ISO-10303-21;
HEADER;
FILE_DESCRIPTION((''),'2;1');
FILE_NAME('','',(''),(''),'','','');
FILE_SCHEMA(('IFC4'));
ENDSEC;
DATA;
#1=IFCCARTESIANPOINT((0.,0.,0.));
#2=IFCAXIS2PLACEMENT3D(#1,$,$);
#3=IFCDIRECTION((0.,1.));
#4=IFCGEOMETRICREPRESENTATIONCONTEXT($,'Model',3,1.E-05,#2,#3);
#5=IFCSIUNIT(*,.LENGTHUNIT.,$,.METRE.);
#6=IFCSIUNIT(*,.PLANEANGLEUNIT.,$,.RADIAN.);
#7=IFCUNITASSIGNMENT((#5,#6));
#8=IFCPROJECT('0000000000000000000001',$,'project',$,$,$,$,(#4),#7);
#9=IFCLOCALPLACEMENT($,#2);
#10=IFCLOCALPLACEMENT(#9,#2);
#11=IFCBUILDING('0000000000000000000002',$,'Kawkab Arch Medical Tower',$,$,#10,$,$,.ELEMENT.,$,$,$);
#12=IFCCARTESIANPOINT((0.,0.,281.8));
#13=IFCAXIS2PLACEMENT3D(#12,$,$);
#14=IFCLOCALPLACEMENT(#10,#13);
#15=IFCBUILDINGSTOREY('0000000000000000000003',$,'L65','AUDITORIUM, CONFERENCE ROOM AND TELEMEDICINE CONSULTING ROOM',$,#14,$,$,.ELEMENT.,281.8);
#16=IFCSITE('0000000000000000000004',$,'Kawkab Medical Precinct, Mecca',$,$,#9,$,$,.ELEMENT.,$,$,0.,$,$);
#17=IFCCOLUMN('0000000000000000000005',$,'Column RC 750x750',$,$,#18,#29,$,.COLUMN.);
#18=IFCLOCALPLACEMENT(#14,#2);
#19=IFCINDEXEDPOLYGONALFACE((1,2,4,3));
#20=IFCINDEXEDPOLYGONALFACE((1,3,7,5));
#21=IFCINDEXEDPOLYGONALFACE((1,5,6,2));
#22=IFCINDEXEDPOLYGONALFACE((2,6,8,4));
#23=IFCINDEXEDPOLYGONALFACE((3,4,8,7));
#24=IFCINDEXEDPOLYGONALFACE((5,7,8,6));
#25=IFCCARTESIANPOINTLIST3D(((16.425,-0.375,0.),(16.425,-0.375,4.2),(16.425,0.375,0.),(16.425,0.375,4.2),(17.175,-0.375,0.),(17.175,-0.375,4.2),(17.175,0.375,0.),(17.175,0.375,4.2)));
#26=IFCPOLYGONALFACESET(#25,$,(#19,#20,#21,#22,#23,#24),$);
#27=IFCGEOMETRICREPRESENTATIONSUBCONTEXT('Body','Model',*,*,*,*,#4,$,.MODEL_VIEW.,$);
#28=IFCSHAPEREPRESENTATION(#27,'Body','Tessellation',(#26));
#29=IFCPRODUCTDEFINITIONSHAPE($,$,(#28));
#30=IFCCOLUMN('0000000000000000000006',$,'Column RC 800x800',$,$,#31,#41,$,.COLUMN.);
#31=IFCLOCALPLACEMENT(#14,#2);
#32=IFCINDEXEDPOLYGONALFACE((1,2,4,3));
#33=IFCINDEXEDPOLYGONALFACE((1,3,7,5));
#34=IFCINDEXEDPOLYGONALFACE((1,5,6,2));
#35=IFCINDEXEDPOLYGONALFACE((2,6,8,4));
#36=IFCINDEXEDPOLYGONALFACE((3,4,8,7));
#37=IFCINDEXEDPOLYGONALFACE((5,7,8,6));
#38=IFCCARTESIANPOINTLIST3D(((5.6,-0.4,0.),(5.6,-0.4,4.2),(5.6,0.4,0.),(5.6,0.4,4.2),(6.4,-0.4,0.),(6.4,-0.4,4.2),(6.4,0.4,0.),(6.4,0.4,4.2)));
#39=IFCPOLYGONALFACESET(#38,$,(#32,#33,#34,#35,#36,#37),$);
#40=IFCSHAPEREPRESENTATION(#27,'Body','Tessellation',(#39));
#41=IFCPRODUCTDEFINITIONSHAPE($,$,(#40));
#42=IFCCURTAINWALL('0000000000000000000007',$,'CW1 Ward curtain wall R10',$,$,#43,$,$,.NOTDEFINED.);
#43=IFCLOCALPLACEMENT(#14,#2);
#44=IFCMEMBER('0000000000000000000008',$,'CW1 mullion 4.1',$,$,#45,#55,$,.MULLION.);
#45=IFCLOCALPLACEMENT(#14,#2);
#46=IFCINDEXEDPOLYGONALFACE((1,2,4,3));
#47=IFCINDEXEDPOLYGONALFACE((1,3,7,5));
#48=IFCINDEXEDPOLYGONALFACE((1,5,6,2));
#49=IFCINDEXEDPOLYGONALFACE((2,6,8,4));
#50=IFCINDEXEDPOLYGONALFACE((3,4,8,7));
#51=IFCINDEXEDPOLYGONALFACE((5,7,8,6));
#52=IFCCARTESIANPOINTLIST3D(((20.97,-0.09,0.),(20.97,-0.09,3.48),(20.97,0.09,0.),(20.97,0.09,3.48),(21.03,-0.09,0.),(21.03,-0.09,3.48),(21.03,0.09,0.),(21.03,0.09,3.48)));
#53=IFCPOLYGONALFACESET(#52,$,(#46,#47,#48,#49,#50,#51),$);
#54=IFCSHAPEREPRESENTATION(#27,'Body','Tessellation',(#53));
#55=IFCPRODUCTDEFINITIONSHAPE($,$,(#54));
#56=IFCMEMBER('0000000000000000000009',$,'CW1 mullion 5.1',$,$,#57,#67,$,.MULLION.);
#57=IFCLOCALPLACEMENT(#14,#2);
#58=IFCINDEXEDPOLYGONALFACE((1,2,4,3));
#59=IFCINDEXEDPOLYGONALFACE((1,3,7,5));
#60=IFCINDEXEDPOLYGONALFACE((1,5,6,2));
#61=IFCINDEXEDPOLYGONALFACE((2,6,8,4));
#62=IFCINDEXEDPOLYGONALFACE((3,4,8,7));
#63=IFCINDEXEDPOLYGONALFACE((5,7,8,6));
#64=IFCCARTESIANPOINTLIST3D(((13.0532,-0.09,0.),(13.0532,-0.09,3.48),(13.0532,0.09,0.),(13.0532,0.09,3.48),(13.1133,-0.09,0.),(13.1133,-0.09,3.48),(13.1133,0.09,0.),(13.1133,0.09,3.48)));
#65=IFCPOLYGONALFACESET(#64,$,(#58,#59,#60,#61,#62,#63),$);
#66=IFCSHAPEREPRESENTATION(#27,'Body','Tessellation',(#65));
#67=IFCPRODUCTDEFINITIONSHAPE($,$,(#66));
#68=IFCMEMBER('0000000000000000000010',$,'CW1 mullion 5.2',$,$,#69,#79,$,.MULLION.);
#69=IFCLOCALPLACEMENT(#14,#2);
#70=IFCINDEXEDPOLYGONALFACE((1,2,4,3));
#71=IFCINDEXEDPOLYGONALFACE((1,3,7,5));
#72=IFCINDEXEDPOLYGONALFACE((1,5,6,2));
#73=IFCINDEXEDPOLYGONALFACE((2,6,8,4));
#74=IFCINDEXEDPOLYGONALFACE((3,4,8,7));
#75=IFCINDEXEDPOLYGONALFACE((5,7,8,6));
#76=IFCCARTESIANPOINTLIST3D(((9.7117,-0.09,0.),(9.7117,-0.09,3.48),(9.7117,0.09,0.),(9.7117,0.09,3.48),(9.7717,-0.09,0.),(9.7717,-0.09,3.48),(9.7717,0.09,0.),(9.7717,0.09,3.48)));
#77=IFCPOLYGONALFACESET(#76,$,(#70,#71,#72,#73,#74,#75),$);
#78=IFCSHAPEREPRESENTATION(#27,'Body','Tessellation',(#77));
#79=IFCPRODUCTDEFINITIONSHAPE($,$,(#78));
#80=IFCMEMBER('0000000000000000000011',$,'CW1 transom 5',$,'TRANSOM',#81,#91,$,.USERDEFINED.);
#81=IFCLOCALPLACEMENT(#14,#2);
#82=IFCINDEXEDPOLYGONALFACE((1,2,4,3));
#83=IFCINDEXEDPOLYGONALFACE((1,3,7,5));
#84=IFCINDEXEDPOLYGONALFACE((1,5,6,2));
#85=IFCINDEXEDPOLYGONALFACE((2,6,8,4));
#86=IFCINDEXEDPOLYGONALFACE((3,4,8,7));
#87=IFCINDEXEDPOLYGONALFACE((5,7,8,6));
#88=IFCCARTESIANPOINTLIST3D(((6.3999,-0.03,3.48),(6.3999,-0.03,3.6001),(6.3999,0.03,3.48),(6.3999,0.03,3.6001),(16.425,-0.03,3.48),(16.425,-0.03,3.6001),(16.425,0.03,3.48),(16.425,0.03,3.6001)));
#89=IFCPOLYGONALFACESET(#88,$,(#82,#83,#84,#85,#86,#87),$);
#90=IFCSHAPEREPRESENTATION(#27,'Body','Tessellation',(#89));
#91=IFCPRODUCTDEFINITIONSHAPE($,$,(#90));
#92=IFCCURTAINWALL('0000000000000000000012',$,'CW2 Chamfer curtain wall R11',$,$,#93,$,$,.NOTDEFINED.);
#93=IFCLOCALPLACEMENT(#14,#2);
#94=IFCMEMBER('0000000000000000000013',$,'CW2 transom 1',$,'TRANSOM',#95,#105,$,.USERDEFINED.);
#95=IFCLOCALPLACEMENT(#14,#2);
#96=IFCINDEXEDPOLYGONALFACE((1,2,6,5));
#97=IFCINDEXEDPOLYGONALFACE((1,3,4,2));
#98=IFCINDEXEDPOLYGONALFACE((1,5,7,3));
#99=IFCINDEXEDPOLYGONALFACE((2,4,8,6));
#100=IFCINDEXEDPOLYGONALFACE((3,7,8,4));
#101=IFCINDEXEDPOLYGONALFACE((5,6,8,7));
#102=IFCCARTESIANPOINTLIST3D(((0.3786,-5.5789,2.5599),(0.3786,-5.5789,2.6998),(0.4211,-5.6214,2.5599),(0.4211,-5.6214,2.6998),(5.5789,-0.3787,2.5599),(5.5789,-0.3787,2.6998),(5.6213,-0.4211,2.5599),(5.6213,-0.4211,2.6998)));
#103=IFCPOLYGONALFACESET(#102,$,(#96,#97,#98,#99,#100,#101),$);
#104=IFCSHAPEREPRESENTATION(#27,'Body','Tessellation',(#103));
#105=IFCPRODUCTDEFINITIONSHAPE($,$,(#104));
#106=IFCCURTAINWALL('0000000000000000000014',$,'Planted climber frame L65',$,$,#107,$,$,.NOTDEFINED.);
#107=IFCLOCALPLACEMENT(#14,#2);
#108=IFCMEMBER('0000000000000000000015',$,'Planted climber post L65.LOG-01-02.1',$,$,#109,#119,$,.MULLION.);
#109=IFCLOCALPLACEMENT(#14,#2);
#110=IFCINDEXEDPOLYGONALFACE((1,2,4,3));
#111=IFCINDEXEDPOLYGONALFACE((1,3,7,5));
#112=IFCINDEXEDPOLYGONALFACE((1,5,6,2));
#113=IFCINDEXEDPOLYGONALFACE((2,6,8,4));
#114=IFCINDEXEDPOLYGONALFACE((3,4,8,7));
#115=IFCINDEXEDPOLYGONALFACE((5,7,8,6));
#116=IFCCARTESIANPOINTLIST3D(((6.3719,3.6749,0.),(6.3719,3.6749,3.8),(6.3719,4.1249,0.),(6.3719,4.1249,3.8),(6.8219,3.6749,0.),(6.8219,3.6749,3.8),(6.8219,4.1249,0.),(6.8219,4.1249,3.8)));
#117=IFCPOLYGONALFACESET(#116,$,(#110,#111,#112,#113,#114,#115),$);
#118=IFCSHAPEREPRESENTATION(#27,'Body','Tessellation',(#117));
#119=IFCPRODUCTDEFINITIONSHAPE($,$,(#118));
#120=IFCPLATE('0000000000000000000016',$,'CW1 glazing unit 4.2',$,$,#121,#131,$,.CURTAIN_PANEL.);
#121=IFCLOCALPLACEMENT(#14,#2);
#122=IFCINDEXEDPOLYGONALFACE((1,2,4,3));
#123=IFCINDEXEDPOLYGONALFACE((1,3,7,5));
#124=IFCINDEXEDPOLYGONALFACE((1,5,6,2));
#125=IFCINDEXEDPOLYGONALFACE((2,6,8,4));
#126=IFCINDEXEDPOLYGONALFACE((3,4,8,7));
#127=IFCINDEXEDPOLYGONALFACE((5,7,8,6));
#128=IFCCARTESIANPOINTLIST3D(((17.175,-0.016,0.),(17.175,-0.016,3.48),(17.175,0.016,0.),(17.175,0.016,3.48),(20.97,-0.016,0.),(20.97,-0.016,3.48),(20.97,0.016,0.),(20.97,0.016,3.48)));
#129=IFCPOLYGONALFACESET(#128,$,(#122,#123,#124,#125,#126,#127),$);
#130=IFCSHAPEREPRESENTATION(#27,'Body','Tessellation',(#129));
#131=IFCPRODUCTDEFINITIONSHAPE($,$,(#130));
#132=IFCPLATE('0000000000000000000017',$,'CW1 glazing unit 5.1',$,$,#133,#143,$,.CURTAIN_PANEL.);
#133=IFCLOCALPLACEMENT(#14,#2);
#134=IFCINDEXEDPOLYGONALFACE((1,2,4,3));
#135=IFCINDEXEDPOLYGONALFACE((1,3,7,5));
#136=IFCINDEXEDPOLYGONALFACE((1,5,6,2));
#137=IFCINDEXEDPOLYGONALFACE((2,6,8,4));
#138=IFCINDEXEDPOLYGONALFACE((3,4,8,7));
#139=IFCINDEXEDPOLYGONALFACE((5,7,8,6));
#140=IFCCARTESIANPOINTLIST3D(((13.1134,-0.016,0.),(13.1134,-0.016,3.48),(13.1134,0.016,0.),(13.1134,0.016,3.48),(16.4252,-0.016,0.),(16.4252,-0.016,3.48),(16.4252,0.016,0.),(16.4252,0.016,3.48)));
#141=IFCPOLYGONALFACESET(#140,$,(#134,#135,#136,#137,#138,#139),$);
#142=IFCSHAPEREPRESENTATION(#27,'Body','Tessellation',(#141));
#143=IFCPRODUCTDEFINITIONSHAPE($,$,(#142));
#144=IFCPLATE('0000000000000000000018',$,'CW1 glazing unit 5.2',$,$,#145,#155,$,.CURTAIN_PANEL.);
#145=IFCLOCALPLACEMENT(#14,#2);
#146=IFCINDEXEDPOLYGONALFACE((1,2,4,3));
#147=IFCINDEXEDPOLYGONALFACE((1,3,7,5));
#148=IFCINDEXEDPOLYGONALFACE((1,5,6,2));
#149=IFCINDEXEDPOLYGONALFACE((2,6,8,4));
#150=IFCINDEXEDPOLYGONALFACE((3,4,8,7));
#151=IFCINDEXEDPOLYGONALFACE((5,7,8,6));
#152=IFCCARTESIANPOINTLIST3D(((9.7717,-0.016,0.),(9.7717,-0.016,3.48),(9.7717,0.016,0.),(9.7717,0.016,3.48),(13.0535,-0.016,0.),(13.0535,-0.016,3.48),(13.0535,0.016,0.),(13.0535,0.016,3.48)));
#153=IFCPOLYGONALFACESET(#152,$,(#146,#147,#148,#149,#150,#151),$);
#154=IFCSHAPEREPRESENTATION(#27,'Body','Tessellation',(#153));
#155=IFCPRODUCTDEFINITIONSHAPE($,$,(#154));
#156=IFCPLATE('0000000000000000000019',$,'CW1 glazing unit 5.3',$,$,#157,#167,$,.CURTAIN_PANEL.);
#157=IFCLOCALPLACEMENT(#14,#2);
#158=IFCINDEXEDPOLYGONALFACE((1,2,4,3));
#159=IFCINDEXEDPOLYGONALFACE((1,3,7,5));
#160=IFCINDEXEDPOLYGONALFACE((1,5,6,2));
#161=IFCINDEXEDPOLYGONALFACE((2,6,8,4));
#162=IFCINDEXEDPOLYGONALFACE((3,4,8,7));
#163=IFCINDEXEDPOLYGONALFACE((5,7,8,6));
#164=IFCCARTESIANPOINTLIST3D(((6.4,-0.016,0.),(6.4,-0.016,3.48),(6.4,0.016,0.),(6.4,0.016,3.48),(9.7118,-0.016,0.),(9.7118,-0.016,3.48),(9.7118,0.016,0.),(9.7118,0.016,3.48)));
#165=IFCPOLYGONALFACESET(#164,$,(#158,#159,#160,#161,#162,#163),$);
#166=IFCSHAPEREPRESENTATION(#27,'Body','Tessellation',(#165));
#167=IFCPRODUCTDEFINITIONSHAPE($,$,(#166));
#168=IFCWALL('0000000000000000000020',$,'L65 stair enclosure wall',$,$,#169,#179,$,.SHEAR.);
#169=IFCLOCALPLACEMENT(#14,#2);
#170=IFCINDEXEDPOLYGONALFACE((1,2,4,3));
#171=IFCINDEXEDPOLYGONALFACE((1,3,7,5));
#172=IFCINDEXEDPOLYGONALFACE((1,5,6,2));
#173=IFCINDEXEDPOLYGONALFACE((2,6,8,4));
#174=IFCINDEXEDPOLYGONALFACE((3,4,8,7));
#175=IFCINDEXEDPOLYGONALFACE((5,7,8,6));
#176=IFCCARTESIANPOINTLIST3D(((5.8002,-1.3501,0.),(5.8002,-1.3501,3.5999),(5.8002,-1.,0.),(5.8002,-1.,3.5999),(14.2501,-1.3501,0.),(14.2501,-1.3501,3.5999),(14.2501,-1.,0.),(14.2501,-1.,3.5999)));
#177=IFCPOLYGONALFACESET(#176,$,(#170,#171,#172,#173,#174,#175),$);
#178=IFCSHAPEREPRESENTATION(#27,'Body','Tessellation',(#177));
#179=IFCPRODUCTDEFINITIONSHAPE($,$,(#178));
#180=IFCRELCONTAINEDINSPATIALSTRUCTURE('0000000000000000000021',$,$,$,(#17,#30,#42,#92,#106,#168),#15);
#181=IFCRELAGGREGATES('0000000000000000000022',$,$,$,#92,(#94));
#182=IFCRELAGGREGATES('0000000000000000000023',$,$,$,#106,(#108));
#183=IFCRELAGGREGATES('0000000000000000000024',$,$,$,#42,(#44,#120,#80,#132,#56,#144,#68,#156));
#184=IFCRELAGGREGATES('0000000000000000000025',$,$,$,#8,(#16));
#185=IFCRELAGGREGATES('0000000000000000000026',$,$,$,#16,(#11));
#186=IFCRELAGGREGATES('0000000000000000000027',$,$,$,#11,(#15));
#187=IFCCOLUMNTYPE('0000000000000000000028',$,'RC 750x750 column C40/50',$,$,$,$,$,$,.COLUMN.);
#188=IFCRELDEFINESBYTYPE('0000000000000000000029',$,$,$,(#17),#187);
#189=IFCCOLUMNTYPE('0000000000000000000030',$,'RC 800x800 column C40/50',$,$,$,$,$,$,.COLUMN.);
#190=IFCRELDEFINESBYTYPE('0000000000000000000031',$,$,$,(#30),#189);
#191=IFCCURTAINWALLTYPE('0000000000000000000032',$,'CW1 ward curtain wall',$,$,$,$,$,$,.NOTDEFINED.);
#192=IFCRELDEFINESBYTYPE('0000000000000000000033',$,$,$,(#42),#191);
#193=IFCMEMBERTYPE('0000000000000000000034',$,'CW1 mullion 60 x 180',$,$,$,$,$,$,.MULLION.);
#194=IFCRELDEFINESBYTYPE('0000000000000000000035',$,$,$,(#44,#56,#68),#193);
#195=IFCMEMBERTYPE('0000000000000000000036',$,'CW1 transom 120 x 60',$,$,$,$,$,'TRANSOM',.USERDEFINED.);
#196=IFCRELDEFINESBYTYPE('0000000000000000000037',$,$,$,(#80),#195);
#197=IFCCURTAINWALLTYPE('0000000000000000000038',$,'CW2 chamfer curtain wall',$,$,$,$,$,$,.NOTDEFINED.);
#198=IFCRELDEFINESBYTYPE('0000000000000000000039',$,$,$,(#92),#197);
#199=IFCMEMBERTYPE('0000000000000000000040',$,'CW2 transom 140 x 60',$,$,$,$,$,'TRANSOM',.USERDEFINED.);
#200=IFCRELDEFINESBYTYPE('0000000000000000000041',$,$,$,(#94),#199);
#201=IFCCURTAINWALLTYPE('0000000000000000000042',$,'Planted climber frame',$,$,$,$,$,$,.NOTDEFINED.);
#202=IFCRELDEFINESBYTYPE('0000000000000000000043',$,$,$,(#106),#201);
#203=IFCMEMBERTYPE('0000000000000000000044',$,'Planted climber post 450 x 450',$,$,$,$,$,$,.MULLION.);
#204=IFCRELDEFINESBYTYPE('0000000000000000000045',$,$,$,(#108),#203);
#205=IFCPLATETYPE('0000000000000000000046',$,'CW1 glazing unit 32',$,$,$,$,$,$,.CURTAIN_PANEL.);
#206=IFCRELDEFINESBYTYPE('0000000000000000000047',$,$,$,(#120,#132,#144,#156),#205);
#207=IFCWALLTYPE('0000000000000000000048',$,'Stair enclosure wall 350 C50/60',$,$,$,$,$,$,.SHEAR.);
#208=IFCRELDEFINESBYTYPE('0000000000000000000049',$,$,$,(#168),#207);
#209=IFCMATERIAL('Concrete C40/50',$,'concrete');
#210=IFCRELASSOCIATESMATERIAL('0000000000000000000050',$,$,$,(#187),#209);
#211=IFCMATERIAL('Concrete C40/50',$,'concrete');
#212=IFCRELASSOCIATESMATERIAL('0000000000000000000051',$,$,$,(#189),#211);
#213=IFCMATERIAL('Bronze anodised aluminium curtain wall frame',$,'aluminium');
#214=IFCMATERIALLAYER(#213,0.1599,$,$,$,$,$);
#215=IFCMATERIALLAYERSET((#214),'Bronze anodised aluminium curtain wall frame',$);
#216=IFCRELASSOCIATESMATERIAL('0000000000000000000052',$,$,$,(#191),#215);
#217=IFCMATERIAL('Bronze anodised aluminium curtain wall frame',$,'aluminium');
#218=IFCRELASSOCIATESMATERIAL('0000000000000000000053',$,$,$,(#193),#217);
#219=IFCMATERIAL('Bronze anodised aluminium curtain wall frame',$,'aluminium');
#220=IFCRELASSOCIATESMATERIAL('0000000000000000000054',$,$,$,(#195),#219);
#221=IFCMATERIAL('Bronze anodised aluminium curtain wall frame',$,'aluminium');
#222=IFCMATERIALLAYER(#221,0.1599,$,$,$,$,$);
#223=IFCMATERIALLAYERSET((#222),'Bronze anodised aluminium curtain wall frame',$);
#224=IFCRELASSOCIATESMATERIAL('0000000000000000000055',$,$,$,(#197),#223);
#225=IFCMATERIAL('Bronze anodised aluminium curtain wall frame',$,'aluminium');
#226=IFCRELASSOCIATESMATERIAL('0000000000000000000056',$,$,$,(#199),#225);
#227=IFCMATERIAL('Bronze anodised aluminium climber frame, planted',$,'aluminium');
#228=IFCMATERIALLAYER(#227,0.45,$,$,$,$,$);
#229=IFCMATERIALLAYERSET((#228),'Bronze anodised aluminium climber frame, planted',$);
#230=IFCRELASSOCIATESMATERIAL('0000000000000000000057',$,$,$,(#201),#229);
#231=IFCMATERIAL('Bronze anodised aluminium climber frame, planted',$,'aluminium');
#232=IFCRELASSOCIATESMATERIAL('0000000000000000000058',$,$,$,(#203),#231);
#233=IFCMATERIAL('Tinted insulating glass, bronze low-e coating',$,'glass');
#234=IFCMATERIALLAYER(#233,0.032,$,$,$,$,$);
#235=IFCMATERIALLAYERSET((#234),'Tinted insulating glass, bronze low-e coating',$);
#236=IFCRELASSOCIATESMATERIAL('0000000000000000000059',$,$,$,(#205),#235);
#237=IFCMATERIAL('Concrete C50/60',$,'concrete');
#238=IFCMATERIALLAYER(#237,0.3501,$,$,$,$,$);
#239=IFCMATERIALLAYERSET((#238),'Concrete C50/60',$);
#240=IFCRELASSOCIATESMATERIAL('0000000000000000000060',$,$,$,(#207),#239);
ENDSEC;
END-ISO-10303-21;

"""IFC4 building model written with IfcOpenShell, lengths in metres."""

from ifc_helpers import new_model, si_unit, direction, frame, frame_2d, origin, origin_2d, place, context, subcontext, project, spatial, rectangle, extrude, material, layer, layer_set, material_profile, profile_set, type_object, element, aggregate, save


model = new_model("IFC4")

# Units and contexts
model_context = context("Model", 3, precision=1e-05, world=origin(), true_north=direction((0.0, 1.0)))
body_context = subcontext(model_context, "Body", "Model", "MODEL_VIEW")
ifc_project = project(units=[si_unit("LENGTHUNIT", "METRE"), si_unit("PLANEANGLEUNIT", "RADIAN")], contexts=[model_context])

# Site, building, storey
site_placement = place(None, origin())
site = spatial("IfcSite", under=ifc_project, at=site_placement, Name="Kawkab Medical Precinct, Mecca", CompositionType="ELEMENT", RefElevation=0.0)
building_placement = place(site_placement, origin())
building = spatial("IfcBuilding", under=site, at=building_placement, Name="Kawkab Arch Medical Tower", CompositionType="ELEMENT")
storey_placement = place(building_placement, frame((0.0, 0.0, 281.8)))
storey = spatial("IfcBuildingStorey", under=building, at=storey_placement, Name="L65", Description="AUDITORIUM, CONFERENCE ROOM AND TELEMEDICINE CONSULTING ROOM", CompositionType="ELEMENT", Elevation=281.8)

# Columns
ifc_material_1 = material(Name="Concrete C40/50", Category="concrete")
ifc_material_profile_1 = material_profile(ifc_material_1, rectangle(XDim=0.75, YDim=0.75, at=origin_2d()), Name="RC 750x750")
ifc_profile_set_1 = profile_set([ifc_material_profile_1], Name="Concrete C40/50")
column_type_1 = type_object("IfcColumnType", Name="RC 750x750 column C40/50", PredefinedType="COLUMN", material=ifc_profile_set_1)
column_1_placement = place(storey_placement, frame((16.8, 0.0, 0.0), z_axis=(0.0, 0.0, 1.0), x_axis=(1.0, 0.0, 0.0)))
element("IfcColumn", 1, at=column_1_placement, inside=storey, type_object=column_type_1, Name="Column RC 750x750", PredefinedType="COLUMN", context=body_context, shape_type="SweptSolid", body=[
    extrude(rectangle(XDim=0.75, YDim=0.75, at=origin_2d()), origin(), (0.0, 0.0, 1.0), 4.2),
])
ifc_material_2 = material(Name="Concrete C40/50", Category="concrete")
ifc_material_profile_2 = material_profile(ifc_material_2, rectangle(XDim=0.8, YDim=0.8, at=origin_2d()), Name="RC 800x800")
ifc_profile_set_2 = profile_set([ifc_material_profile_2], Name="Concrete C40/50")
column_type_2 = type_object("IfcColumnType", Name="RC 800x800 column C40/50", PredefinedType="COLUMN", material=ifc_profile_set_2)
column_2_placement = place(storey_placement, frame((6.0, 0.0, 0.0), z_axis=(0.0, 0.0, 1.0), x_axis=(1.0, 0.0, 0.0)))
element("IfcColumn", 2, at=column_2_placement, inside=storey, type_object=column_type_2, Name="Column RC 800x800", PredefinedType="COLUMN", context=body_context, shape_type="SweptSolid", body=[
    extrude(rectangle(XDim=0.8, YDim=0.8, at=origin_2d()), origin(), (0.0, 0.0, 1.0), 4.2),
])

# Curtain wall, members
ifc_material_3 = material(Name="Bronze anodised aluminium curtain wall frame", Category="aluminium")
ifc_layer_1 = layer(ifc_material_3, 0.1599)
ifc_layer_set_1 = layer_set([ifc_layer_1], Name="Bronze anodised aluminium curtain wall frame")
curtain_wall_type_1 = type_object("IfcCurtainWallType", Name="CW1 ward curtain wall", PredefinedType="NOTDEFINED", material=ifc_layer_set_1)
placement = place(storey_placement, origin())
curtain_wall_1 = element("IfcCurtainWall", 3, at=placement, inside=storey, type_object=curtain_wall_type_1, Name="CW1 Ward curtain wall R10", PredefinedType="NOTDEFINED")
ifc_material_4 = material(Name="Bronze anodised aluminium curtain wall frame", Category="aluminium")
ifc_material_profile_3 = material_profile(ifc_material_4, rectangle(XDim=0.1799, YDim=0.0601, at=origin_2d()), Name="AL 60x180")
ifc_profile_set_3 = profile_set([ifc_material_profile_3], Name="Bronze anodised aluminium curtain wall frame")
member_type_1 = type_object("IfcMemberType", Name="CW1 mullion 60 x 180", PredefinedType="MULLION", material=ifc_profile_set_3)
member_1_placement = place(storey_placement, frame((21.0, 0.0, 0.0), z_axis=(0.0, 0.0, 1.0), x_axis=(0.0, -1.0, 0.0)))
member_1 = element("IfcMember", 4, at=member_1_placement, type_object=member_type_1, Name="CW1 mullion 4.1", PredefinedType="MULLION", context=body_context, shape_type="SweptSolid", body=[
    extrude(rectangle(XDim=0.1799, YDim=0.0601, at=origin_2d()), origin(), (0.0, 0.0, 1.0), 3.48),
])
member_2_placement = place(storey_placement, frame((13.0833, 0.0, 0.0), z_axis=(0.0, 0.0, 1.0), x_axis=(0.0, -1.0, 0.0)))
member_2 = element("IfcMember", 5, at=member_2_placement, type_object=member_type_1, Name="CW1 mullion 5.1", PredefinedType="MULLION", context=body_context, shape_type="SweptSolid", body=[
    extrude(rectangle(XDim=0.1799, YDim=0.0601, at=origin_2d()), origin(), (0.0, 0.0, 1.0), 3.48),
])
member_3_placement = place(storey_placement, frame((9.7417, 0.0, 0.0), z_axis=(0.0, 0.0, 1.0), x_axis=(0.0, -1.0, 0.0)))
member_3 = element("IfcMember", 6, at=member_3_placement, type_object=member_type_1, Name="CW1 mullion 5.2", PredefinedType="MULLION", context=body_context, shape_type="SweptSolid", body=[
    extrude(rectangle(XDim=0.1799, YDim=0.0601, at=origin_2d()), origin(), (0.0, 0.0, 1.0), 3.48),
])
ifc_material_5 = material(Name="Bronze anodised aluminium curtain wall frame", Category="aluminium")
ifc_material_profile_4 = material_profile(ifc_material_5, rectangle(XDim=0.0601, YDim=0.1201, at=origin_2d()), Name="AL 60x120")
ifc_profile_set_4 = profile_set([ifc_material_profile_4], Name="Bronze anodised aluminium curtain wall frame")
member_type_2 = type_object("IfcMemberType", Name="CW1 transom 120 x 60", ElementType="TRANSOM", PredefinedType="USERDEFINED", material=ifc_profile_set_4)
member_4_placement = place(storey_placement, frame((16.425, 0.0, 3.54), z_axis=(-1.0, 0.0, 0.0), x_axis=(0.0, -1.0, 0.0)))
member_4 = element("IfcMember", 7, at=member_4_placement, type_object=member_type_2, Name="CW1 transom 5", ObjectType="TRANSOM", PredefinedType="USERDEFINED", context=body_context, shape_type="SweptSolid", body=[
    extrude(rectangle(XDim=0.0601, YDim=0.1201, at=origin_2d()), origin(), (0.0, 0.0, 1.0), 10.0251),
])

# Curtain walls, members
ifc_material_6 = material(Name="Bronze anodised aluminium curtain wall frame", Category="aluminium")
ifc_layer_2 = layer(ifc_material_6, 0.1599)
ifc_layer_set_2 = layer_set([ifc_layer_2], Name="Bronze anodised aluminium curtain wall frame")
curtain_wall_type_2 = type_object("IfcCurtainWallType", Name="CW2 chamfer curtain wall", PredefinedType="NOTDEFINED", material=ifc_layer_set_2)
curtain_wall_2 = element("IfcCurtainWall", 8, at=placement, inside=storey, type_object=curtain_wall_type_2, Name="CW2 Chamfer curtain wall R11", PredefinedType="NOTDEFINED")
ifc_material_7 = material(Name="Bronze anodised aluminium curtain wall frame", Category="aluminium")
ifc_material_profile_5 = material_profile(ifc_material_7, rectangle(XDim=0.0601, YDim=0.1399, at=origin_2d()), Name="AL 60x140")
ifc_profile_set_5 = profile_set([ifc_material_profile_5], Name="Bronze anodised aluminium curtain wall frame")
member_type_3 = type_object("IfcMemberType", Name="CW2 transom 140 x 60", ElementType="TRANSOM", PredefinedType="USERDEFINED", material=ifc_profile_set_5)
member_5_placement = place(storey_placement, frame((5.6001, -0.3999, 2.6299), z_axis=(-0.707107, -0.707107, 0.0), x_axis=(0.707107, -0.707107, 0.0)))
member_5 = element("IfcMember", 9, at=member_5_placement, type_object=member_type_3, Name="CW2 transom 1", ObjectType="TRANSOM", PredefinedType="USERDEFINED", context=body_context, shape_type="SweptSolid", body=[
    extrude(rectangle(XDim=0.0601, YDim=0.1399, at=origin_2d()), origin(), (0.0, 0.0, 1.0), 7.3542),
])
aggregate(curtain_wall_2, [member_5])
ifc_material_8 = material(Name="Bronze anodised aluminium climber frame, planted", Category="aluminium")
ifc_layer_3 = layer(ifc_material_8, 0.45)
ifc_layer_set_3 = layer_set([ifc_layer_3], Name="Bronze anodised aluminium climber frame, planted")
curtain_wall_type_3 = type_object("IfcCurtainWallType", Name="Planted climber frame", PredefinedType="NOTDEFINED", material=ifc_layer_set_3)
curtain_wall_3 = element("IfcCurtainWall", 10, at=placement, inside=storey, type_object=curtain_wall_type_3, Name="Planted climber frame L65", PredefinedType="NOTDEFINED")
ifc_material_9 = material(Name="Bronze anodised aluminium climber frame, planted", Category="aluminium")
ifc_material_profile_6 = material_profile(ifc_material_9, rectangle(XDim=0.45, YDim=0.45, at=origin_2d()), Name="Post 450x450")
ifc_profile_set_6 = profile_set([ifc_material_profile_6], Name="Bronze anodised aluminium climber frame, planted")
member_type_4 = type_object("IfcMemberType", Name="Planted climber post 450 x 450", PredefinedType="MULLION", material=ifc_profile_set_6)
member_6_placement = place(storey_placement, frame((6.5969, 3.8999, 0.0), z_axis=(0.0, 0.0, 1.0), x_axis=(1.0, 0.0, 0.0)))
member_6 = element("IfcMember", 11, at=member_6_placement, type_object=member_type_4, Name="Planted climber post L65.LOG-01-02.1", PredefinedType="MULLION", context=body_context, shape_type="SweptSolid", body=[
    extrude(rectangle(XDim=0.45, YDim=0.45, at=origin_2d()), origin(), (0.0, 0.0, 1.0), 3.8),
])
aggregate(curtain_wall_3, [member_6])

# Plates
ifc_material_10 = material(Name="Tinted insulating glass, bronze low-e coating", Category="glass")
ifc_layer_4 = layer(ifc_material_10, 0.032)
ifc_layer_set_4 = layer_set([ifc_layer_4], Name="Tinted insulating glass, bronze low-e coating")
plate_type = type_object("IfcPlateType", Name="CW1 glazing unit 32", PredefinedType="CURTAIN_PANEL", material=ifc_layer_set_4)
plate_1_placement = place(storey_placement, frame((19.0725, 0.0, 0.0), z_axis=(0.0, 0.0, 1.0), x_axis=(-1.0, 0.0, 0.0)))
plate_1 = element("IfcPlate", 12, at=plate_1_placement, type_object=plate_type, Name="CW1 glazing unit 4.2", PredefinedType="CURTAIN_PANEL", context=body_context, shape_type="SweptSolid", body=[
    extrude(rectangle(XDim=3.7949, YDim=0.032, at=origin_2d()), origin(), (0.0, 0.0, 1.0), 3.48),
])
plate_2_placement = place(storey_placement, frame((14.7693, 0.0, 0.0), z_axis=(0.0, 0.0, 1.0), x_axis=(-1.0, 0.0, 0.0)))
plate_2 = element("IfcPlate", 13, at=plate_2_placement, type_object=plate_type, Name="CW1 glazing unit 5.1", PredefinedType="CURTAIN_PANEL", context=body_context, shape_type="SweptSolid", body=[
    extrude(rectangle(XDim=3.3118, YDim=0.032, at=origin_2d()), origin(), (0.0, 0.0, 1.0), 3.48),
])
plate_3_placement = place(storey_placement, frame((11.4126, 0.0, 0.0), z_axis=(0.0, 0.0, 1.0), x_axis=(-1.0, 0.0, 0.0)))
plate_3 = element("IfcPlate", 14, at=plate_3_placement, type_object=plate_type, Name="CW1 glazing unit 5.2", PredefinedType="CURTAIN_PANEL", context=body_context, shape_type="SweptSolid", body=[
    extrude(rectangle(XDim=3.2817, YDim=0.032, at=origin_2d()), origin(), (0.0, 0.0, 1.0), 3.48),
])
plate_4_placement = place(storey_placement, frame((8.0559, 0.0, 0.0), z_axis=(0.0, 0.0, 1.0), x_axis=(-1.0, 0.0, 0.0)))
plate_4 = element("IfcPlate", 15, at=plate_4_placement, type_object=plate_type, Name="CW1 glazing unit 5.3", PredefinedType="CURTAIN_PANEL", context=body_context, shape_type="SweptSolid", body=[
    extrude(rectangle(XDim=3.3118, YDim=0.032, at=origin_2d()), origin(), (0.0, 0.0, 1.0), 3.48),
])
aggregate(curtain_wall_1, [member_1, plate_1, member_4, plate_2, member_2, plate_3, member_3, plate_4])

# Wall
ifc_material_11 = material(Name="Concrete C50/60", Category="concrete")
ifc_layer_5 = layer(ifc_material_11, 0.3501)
ifc_layer_set_5 = layer_set([ifc_layer_5], Name="Concrete C50/60")
wall_type = type_object("IfcWallType", Name="Stair enclosure wall 350 C50/60", PredefinedType="SHEAR", material=ifc_layer_set_5)
wall_1_placement = place(storey_placement, frame((5.8, -1.175, 0.0), z_axis=(0.0, 0.0, 1.0), x_axis=(1.0, 0.0, 0.0)))
element("IfcWall", 16, at=wall_1_placement, inside=storey, type_object=wall_type, Name="L65 stair enclosure wall", PredefinedType="SHEAR", context=body_context, shape_type="SweptSolid", body=[
    extrude(rectangle(XDim=8.45, YDim=0.3501, at=frame_2d((4.2251, 0.0))), origin(), (0.0, 0.0, 1.0), 3.5999),
])

save(model, "model.ifc")
